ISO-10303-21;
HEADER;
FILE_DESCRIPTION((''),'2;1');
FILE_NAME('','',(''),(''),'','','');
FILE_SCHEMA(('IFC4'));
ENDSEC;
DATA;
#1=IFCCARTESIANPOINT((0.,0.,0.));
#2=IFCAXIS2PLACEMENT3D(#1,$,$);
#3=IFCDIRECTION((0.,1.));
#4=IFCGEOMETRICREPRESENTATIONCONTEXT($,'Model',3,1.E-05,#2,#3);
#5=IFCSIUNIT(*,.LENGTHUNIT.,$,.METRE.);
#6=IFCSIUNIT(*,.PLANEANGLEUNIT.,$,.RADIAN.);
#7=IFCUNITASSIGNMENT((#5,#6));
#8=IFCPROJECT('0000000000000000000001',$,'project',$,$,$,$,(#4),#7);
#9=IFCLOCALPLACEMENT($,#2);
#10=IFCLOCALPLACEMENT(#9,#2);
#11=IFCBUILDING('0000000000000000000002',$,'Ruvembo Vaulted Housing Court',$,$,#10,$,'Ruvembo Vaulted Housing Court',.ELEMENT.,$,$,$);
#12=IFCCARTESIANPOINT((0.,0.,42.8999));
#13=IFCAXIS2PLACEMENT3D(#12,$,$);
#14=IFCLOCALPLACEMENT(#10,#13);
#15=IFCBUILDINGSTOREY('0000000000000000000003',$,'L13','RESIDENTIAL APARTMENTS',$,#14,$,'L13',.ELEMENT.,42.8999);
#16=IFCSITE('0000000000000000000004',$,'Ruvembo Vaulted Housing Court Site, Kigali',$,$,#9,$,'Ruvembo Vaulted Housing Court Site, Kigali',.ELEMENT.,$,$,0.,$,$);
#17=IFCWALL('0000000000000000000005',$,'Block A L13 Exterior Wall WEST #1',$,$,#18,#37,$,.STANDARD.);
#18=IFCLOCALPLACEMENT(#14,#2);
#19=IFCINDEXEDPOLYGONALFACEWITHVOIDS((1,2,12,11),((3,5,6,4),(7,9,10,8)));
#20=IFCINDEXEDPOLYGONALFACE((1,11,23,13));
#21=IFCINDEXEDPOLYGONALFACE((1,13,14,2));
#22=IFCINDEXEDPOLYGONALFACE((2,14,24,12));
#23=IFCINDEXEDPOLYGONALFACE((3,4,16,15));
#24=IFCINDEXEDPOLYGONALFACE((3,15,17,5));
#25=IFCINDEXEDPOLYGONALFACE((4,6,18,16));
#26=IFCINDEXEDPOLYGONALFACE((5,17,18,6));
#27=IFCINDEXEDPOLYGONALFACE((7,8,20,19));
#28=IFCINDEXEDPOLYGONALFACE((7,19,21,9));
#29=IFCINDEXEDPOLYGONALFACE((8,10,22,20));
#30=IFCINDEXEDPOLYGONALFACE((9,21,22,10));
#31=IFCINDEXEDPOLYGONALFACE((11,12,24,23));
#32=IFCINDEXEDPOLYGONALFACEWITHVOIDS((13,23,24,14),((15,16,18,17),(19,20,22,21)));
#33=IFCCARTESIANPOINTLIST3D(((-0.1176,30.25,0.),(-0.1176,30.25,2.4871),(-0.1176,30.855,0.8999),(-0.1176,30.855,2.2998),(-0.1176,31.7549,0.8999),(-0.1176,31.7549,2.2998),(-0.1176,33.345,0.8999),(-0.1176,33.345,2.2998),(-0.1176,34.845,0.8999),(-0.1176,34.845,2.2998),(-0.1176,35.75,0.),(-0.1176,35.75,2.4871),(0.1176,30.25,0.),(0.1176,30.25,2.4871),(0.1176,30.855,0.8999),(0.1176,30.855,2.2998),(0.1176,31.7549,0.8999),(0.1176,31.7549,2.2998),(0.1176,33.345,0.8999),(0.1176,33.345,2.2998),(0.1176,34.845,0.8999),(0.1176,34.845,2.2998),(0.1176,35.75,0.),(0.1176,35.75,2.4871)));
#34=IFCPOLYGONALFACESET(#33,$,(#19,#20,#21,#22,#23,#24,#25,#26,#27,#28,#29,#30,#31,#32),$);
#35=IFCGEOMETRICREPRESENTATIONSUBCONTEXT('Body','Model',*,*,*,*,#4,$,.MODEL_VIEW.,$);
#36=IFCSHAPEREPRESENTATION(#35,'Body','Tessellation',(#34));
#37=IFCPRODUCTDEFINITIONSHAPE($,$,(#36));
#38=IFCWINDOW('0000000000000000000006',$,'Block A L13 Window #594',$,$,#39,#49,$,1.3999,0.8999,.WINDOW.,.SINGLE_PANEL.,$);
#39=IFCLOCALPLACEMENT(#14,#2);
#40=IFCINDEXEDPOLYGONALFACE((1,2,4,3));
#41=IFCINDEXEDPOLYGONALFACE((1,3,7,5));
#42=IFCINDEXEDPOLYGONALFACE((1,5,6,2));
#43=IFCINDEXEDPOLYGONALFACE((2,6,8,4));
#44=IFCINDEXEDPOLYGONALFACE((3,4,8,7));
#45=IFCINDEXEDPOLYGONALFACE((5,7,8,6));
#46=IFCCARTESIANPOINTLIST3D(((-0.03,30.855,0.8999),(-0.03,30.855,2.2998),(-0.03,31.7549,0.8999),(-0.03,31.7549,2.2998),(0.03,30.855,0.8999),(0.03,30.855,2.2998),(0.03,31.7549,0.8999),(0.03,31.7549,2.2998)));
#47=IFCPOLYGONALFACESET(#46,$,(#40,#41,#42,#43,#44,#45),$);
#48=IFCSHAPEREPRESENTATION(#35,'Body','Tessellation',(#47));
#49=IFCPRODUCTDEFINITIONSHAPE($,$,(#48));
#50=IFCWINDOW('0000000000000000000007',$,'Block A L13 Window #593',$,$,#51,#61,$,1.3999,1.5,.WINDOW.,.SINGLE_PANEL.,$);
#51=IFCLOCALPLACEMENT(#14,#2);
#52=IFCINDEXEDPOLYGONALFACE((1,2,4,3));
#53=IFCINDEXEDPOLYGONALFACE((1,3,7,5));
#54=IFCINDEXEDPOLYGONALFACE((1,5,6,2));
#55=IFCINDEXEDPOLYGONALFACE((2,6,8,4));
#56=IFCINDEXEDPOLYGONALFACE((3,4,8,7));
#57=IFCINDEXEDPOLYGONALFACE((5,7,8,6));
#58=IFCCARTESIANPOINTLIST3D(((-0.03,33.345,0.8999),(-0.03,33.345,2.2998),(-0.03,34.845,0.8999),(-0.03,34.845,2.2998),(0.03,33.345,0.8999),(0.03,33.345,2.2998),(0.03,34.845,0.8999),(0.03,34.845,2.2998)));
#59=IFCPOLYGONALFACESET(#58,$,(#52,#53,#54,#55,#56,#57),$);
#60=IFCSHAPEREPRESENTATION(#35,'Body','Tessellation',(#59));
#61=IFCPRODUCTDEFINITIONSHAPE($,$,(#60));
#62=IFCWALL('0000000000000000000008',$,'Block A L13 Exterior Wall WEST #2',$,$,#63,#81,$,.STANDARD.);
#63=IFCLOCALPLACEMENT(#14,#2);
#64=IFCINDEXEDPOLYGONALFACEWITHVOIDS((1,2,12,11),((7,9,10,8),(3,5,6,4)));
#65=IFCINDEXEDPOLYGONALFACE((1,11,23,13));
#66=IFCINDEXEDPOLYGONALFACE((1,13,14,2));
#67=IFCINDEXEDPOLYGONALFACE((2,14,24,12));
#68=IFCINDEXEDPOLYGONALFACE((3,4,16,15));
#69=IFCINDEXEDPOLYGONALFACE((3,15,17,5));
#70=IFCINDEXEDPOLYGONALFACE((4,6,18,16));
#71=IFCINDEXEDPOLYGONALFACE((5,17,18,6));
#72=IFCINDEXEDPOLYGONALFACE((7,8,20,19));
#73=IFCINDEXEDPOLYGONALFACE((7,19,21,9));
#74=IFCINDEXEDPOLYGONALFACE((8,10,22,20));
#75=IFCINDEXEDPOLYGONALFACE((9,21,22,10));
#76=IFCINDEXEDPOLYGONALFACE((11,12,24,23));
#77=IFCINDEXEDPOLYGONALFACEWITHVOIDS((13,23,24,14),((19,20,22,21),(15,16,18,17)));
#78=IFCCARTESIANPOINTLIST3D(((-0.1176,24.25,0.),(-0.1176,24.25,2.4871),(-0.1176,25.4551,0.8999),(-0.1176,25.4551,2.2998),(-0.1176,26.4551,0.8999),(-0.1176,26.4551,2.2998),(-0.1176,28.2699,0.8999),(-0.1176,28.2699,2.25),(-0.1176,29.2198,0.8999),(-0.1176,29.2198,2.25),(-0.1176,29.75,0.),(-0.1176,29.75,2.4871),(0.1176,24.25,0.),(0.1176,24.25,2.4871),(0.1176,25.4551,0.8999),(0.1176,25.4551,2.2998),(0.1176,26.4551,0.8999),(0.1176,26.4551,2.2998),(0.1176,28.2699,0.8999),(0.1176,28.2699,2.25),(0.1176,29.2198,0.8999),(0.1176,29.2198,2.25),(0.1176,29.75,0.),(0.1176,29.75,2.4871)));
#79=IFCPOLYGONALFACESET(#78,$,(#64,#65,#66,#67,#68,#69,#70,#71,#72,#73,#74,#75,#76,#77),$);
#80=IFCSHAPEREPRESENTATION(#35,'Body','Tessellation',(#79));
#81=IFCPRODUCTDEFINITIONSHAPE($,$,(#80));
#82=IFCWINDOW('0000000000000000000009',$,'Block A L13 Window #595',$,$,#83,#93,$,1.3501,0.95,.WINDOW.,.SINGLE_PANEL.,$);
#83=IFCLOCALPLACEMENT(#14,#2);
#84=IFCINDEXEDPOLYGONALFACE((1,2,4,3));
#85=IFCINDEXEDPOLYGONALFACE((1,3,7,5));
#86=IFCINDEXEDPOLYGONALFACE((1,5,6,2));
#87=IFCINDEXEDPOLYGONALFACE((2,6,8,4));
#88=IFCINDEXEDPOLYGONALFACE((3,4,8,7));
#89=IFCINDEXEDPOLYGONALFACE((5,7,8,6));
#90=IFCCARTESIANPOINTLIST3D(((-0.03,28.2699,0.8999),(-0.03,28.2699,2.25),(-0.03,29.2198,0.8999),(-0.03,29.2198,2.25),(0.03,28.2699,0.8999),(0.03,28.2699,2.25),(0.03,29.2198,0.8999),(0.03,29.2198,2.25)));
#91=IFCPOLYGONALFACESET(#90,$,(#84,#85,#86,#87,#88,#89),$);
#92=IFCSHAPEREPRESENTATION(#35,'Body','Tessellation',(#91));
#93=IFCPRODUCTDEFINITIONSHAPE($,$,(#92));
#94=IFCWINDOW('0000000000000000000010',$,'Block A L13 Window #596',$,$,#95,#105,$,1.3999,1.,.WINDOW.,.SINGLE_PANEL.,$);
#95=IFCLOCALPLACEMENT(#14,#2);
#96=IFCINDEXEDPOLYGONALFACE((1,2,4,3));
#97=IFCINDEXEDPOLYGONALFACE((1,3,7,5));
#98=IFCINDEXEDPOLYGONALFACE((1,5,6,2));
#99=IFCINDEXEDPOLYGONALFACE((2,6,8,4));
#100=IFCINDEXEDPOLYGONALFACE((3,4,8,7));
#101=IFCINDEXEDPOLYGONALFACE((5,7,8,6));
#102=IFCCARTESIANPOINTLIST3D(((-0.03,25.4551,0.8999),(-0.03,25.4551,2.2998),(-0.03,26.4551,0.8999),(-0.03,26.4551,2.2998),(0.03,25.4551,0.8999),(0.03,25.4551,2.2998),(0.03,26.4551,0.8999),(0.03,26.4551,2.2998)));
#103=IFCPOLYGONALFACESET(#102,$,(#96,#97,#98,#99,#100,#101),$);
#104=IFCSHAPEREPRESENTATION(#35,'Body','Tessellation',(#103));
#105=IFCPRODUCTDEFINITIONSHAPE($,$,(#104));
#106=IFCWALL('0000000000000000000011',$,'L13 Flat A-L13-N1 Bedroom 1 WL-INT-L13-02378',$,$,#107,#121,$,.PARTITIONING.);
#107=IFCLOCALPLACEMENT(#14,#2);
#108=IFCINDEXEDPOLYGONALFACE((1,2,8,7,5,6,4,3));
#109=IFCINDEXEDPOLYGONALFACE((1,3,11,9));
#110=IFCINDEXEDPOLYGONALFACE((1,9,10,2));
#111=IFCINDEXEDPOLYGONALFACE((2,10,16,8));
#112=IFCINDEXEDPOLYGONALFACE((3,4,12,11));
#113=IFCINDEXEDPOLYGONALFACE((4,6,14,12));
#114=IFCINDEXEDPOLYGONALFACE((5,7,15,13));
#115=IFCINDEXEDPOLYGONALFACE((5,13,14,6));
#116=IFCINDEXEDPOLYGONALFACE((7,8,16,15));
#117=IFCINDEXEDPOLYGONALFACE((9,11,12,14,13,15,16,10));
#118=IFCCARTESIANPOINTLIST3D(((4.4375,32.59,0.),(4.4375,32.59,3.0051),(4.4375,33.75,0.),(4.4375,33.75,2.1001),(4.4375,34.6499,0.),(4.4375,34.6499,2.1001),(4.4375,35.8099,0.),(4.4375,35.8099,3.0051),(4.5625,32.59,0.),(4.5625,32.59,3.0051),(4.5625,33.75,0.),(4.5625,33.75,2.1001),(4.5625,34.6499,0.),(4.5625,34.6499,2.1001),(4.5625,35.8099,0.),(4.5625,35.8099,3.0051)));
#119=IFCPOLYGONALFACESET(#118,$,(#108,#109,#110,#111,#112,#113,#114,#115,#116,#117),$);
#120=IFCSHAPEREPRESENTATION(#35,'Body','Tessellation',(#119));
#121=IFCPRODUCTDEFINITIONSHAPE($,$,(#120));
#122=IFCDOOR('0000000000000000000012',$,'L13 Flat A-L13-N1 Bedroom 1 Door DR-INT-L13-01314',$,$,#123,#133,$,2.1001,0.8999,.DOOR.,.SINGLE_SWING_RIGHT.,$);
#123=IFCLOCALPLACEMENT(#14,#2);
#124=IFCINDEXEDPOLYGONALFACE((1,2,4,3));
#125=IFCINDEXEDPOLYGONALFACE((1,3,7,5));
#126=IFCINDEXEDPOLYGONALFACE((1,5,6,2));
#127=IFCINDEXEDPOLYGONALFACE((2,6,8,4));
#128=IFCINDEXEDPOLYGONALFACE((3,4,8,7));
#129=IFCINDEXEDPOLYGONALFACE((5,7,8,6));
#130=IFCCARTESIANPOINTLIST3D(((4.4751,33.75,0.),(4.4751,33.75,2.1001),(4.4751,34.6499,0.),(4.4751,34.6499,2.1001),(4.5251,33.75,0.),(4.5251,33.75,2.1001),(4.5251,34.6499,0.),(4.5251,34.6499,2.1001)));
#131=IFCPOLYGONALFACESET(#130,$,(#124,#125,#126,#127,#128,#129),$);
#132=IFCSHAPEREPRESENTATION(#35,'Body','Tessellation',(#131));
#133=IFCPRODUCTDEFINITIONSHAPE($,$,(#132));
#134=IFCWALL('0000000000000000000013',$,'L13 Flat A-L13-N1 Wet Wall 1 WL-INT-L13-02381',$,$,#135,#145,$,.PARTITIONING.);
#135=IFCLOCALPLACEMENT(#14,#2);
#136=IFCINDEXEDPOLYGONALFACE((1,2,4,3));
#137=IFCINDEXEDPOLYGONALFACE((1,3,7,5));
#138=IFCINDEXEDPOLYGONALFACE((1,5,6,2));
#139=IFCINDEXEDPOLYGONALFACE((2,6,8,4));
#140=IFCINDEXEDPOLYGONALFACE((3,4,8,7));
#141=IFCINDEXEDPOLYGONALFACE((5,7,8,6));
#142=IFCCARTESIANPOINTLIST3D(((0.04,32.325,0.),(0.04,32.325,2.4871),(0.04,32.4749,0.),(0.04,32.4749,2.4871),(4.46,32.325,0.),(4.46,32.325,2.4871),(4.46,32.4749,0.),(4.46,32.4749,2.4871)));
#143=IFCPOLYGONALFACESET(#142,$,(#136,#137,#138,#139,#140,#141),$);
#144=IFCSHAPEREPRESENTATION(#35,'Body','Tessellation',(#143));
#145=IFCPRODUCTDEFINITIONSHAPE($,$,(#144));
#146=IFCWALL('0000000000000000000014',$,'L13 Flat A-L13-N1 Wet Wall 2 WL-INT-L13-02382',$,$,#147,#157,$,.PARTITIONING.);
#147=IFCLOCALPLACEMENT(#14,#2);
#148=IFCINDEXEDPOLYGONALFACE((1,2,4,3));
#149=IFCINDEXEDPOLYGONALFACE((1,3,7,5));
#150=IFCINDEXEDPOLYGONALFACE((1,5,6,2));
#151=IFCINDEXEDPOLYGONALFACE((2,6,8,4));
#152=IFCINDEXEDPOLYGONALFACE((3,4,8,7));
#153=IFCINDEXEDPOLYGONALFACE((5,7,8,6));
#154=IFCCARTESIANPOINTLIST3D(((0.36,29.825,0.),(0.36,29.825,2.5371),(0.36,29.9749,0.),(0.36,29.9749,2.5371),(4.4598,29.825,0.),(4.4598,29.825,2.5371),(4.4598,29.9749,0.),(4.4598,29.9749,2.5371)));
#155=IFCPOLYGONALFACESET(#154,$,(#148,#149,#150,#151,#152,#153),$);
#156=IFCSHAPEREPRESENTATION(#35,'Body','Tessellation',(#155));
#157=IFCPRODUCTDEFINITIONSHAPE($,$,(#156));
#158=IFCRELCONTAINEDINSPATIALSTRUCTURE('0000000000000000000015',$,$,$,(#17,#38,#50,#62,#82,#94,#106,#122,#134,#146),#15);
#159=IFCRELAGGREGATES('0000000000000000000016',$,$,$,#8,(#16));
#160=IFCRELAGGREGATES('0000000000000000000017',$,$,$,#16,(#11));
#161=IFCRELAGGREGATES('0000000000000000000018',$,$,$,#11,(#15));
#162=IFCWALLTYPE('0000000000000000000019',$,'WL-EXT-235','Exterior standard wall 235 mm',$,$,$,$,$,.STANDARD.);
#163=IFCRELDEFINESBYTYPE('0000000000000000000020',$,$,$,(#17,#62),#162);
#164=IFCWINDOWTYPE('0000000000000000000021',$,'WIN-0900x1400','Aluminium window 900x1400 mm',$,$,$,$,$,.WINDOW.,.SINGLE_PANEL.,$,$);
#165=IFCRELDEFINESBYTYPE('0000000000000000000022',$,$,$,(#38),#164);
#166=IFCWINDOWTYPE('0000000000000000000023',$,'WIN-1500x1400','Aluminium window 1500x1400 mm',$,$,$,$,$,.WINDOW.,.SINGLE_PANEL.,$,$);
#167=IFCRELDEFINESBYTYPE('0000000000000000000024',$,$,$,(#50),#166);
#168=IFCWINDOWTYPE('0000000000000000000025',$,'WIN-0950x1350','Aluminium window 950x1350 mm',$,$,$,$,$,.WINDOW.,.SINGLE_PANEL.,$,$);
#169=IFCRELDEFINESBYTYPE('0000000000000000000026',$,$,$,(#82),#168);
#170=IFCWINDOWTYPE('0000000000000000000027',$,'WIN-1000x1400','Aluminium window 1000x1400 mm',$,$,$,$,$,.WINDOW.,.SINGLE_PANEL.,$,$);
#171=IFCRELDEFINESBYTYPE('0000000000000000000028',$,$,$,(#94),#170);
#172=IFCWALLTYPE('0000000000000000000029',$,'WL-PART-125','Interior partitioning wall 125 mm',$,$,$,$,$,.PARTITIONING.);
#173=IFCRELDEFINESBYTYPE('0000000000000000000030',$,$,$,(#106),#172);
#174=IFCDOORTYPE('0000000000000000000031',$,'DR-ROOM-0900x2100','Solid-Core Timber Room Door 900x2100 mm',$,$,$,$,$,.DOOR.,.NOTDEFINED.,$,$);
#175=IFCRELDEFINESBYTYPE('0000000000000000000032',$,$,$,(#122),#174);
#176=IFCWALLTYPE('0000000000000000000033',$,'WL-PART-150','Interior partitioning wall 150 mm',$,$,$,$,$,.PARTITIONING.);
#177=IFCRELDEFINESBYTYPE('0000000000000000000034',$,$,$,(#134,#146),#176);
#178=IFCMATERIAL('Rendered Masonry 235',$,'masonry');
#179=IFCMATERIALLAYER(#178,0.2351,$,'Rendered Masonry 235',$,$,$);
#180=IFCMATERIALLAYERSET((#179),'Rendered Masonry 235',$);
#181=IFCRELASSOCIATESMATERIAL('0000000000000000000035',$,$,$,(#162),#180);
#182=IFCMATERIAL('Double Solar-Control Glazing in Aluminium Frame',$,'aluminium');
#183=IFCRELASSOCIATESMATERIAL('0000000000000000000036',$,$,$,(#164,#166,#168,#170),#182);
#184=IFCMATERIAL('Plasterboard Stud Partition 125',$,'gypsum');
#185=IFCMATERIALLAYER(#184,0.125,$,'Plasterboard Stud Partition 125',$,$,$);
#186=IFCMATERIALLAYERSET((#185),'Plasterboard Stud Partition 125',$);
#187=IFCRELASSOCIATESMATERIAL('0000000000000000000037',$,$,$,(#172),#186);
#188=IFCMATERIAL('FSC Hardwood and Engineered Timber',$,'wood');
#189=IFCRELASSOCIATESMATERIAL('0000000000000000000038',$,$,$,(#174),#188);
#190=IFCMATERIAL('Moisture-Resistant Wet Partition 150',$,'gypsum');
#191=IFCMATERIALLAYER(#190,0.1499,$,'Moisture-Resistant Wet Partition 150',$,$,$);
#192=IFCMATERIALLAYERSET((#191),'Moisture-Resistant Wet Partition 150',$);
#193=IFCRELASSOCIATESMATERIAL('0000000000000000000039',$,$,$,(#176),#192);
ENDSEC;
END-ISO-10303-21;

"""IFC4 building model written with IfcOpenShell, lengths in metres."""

from ifc_helpers import new_model, si_unit, direction, frame, frame_2d, origin, place, context, subcontext, project, spatial, rectangle, extrude, material, layer, layer_set, type_object, element, fill, save


model = new_model("IFC4")

# Units and contexts
model_context = context("Model", 3, precision=1e-05, world=origin(), true_north=direction((0.0, 1.0)))
body_context = subcontext(model_context, "Body", "Model", "MODEL_VIEW")
ifc_project = project(units=[si_unit("LENGTHUNIT", "METRE"), si_unit("PLANEANGLEUNIT", "RADIAN")], contexts=[model_context])

# Site, building, storey
site_placement = place(None, origin())
site = spatial("IfcSite", under=ifc_project, at=site_placement, Name="Ruvembo Vaulted Housing Court Site, Kigali", LongName="Ruvembo Vaulted Housing Court Site, Kigali", CompositionType="ELEMENT", RefElevation=0.0)
building_placement = place(site_placement, origin())
building = spatial("IfcBuilding", under=site, at=building_placement, Name="Ruvembo Vaulted Housing Court", LongName="Ruvembo Vaulted Housing Court", CompositionType="ELEMENT")
storey_placement = place(building_placement, frame((0.0, 0.0, 42.8999)))
storey = spatial("IfcBuildingStorey", under=building, at=storey_placement, Name="L13", Description="RESIDENTIAL APARTMENTS", LongName="L13", CompositionType="ELEMENT", Elevation=42.8999)

# Walls, openings, windows
ifc_material_1 = material(Name="Rendered Masonry 235", Category="masonry")
ifc_layer_1 = layer(ifc_material_1, 0.2351, Name="Rendered Masonry 235")
ifc_layer_set_1 = layer_set([ifc_layer_1], Name="Rendered Masonry 235")
wall_type_1 = type_object("IfcWallType", Name="WL-EXT-235", Description="Exterior standard wall 235 mm", PredefinedType="STANDARD", material=ifc_layer_set_1)
ifc_material_2 = material(Name="Double Solar-Control Glazing in Aluminium Frame", Category="aluminium")
wall_1_placement = place(storey_placement, frame((0.0, 35.75, 0.0), z_axis=(0.0, 0.0, 1.0), x_axis=(0.0, -1.0, 0.0)))
wall_1 = element("IfcWall", 1, at=wall_1_placement, inside=storey, type_object=wall_type_1, Name="Block A L13 Exterior Wall WEST #1", PredefinedType="STANDARD", context=body_context, shape_type="SweptSolid", body=[
    extrude(rectangle(XDim=5.5, YDim=0.2351, at=frame_2d((2.75, 0.0))), origin(), (0.0, 0.0, 1.0), 2.4871),
])
opening_1_placement = place(wall_1_placement, frame((0.905, 0.0, 0.8999)))
opening_1 = element("IfcOpeningElement", 2, at=opening_1_placement, cuts=wall_1, PredefinedType="OPENING", context=body_context, shape_type="SweptSolid", body=[
    extrude(rectangle(XDim=1.5, YDim=1.3999, at=frame_2d((0.75, 0.7))), frame((0.0, 0.1274, 0.0), z_axis=(0.0, -1.0, 0.0), x_axis=(1.0, 0.0, 0.0)), (0.0, 0.0, 1.0), 0.2551),
])
opening_2_placement = place(wall_1_placement, frame((3.9951, 0.0, 0.8999)))
opening_2 = element("IfcOpeningElement", 3, at=opening_2_placement, cuts=wall_1, PredefinedType="OPENING", context=body_context, shape_type="SweptSolid", body=[
    extrude(rectangle(XDim=0.8999, YDim=1.3999, at=frame_2d((0.45, 0.7))), frame((0.0, 0.1274, 0.0), z_axis=(0.0, -1.0, 0.0), x_axis=(1.0, 0.0, 0.0)), (0.0, 0.0, 1.0), 0.2551),
])
window_type_1 = type_object("IfcWindowType", Name="WIN-0900x1400", Description="Aluminium window 900x1400 mm", PartitioningType="SINGLE_PANEL", PredefinedType="WINDOW", material=ifc_material_2)
window_1_placement = place(opening_2_placement, origin())
window_1 = element("IfcWindow", 4, at=window_1_placement, inside=storey, type_object=window_type_1, Name="Block A L13 Window #594", OverallHeight=1.3999, OverallWidth=0.8999, PartitioningType="SINGLE_PANEL", PredefinedType="WINDOW", context=body_context, shape_type="SweptSolid", body=[
    extrude(rectangle(XDim=0.8999, YDim=1.3999, at=frame_2d((0.45, 0.7))), frame((0.0, 0.03, 0.0), z_axis=(0.0, -1.0, 0.0), x_axis=(1.0, 0.0, 0.0)), (0.0, 0.0, 1.0), 0.0601),
])
fill(opening_2, window_1)
window_type_2 = type_object("IfcWindowType", Name="WIN-1500x1400", Description="Aluminium window 1500x1400 mm", PartitioningType="SINGLE_PANEL", PredefinedType="WINDOW", material=ifc_material_2)
window_2_placement = place(opening_1_placement, origin())
window_2 = element("IfcWindow", 5, at=window_2_placement, inside=storey, type_object=window_type_2, Name="Block A L13 Window #593", OverallHeight=1.3999, OverallWidth=1.5, PartitioningType="SINGLE_PANEL", PredefinedType="WINDOW", context=body_context, shape_type="SweptSolid", body=[
    extrude(rectangle(XDim=1.5, YDim=1.3999, at=frame_2d((0.75, 0.7))), frame((0.0, 0.03, 0.0), z_axis=(0.0, -1.0, 0.0), x_axis=(1.0, 0.0, 0.0)), (0.0, 0.0, 1.0), 0.0601),
])
fill(opening_1, window_2)
wall_2_placement = place(storey_placement, frame((0.0, 29.75, 0.0), z_axis=(0.0, 0.0, 1.0), x_axis=(0.0, -1.0, 0.0)))
wall_2 = element("IfcWall", 6, at=wall_2_placement, inside=storey, type_object=wall_type_1, Name="Block A L13 Exterior Wall WEST #2", PredefinedType="STANDARD", context=body_context, shape_type="SweptSolid", body=[
    extrude(rectangle(XDim=5.5, YDim=0.2351, at=frame_2d((2.75, 0.0))), origin(), (0.0, 0.0, 1.0), 2.4871),
])
opening_3_placement = place(wall_2_placement, frame((0.53, 0.0, 0.8999)))
opening_3 = element("IfcOpeningElement", 7, at=opening_3_placement, cuts=wall_2, PredefinedType="OPENING", context=body_context, shape_type="SweptSolid", body=[
    extrude(rectangle(XDim=0.95, YDim=1.3501, at=frame_2d((0.4751, 0.675))), frame((0.0, 0.1274, 0.0), z_axis=(0.0, -1.0, 0.0), x_axis=(1.0, 0.0, 0.0)), (0.0, 0.0, 1.0), 0.2551),
])
opening_4_placement = place(wall_2_placement, frame((3.2949, 0.0, 0.8999)))
opening_4 = element("IfcOpeningElement", 8, at=opening_4_placement, cuts=wall_2, PredefinedType="OPENING", context=body_context, shape_type="SweptSolid", body=[
    extrude(rectangle(XDim=1.0, YDim=1.3999, at=frame_2d((0.5, 0.7))), frame((0.0, 0.1274, 0.0), z_axis=(0.0, -1.0, 0.0), x_axis=(1.0, 0.0, 0.0)), (0.0, 0.0, 1.0), 0.2551),
])
window_type_3 = type_object("IfcWindowType", Name="WIN-0950x1350", Description="Aluminium window 950x1350 mm", PartitioningType="SINGLE_PANEL", PredefinedType="WINDOW", material=ifc_material_2)
window_3_placement = place(opening_3_placement, origin())
window_3 = element("IfcWindow", 9, at=window_3_placement, inside=storey, type_object=window_type_3, Name="Block A L13 Window #595", OverallHeight=1.3501, OverallWidth=0.95, PartitioningType="SINGLE_PANEL", PredefinedType="WINDOW", context=body_context, shape_type="SweptSolid", body=[
    extrude(rectangle(XDim=0.95, YDim=1.3501, at=frame_2d((0.4751, 0.675))), frame((0.0, 0.03, 0.0), z_axis=(0.0, -1.0, 0.0), x_axis=(1.0, 0.0, 0.0)), (0.0, 0.0, 1.0), 0.0601),
])
fill(opening_3, window_3)
window_type_4 = type_object("IfcWindowType", Name="WIN-1000x1400", Description="Aluminium window 1000x1400 mm", PartitioningType="SINGLE_PANEL", PredefinedType="WINDOW", material=ifc_material_2)
window_4_placement = place(opening_4_placement, origin())
window_4 = element("IfcWindow", 10, at=window_4_placement, inside=storey, type_object=window_type_4, Name="Block A L13 Window #596", OverallHeight=1.3999, OverallWidth=1.0, PartitioningType="SINGLE_PANEL", PredefinedType="WINDOW", context=body_context, shape_type="SweptSolid", body=[
    extrude(rectangle(XDim=1.0, YDim=1.3999, at=frame_2d((0.5, 0.7))), frame((0.0, 0.03, 0.0), z_axis=(0.0, -1.0, 0.0), x_axis=(1.0, 0.0, 0.0)), (0.0, 0.0, 1.0), 0.0601),
])
fill(opening_4, window_4)

# Wall, opening, door
ifc_material_3 = material(Name="Plasterboard Stud Partition 125", Category="gypsum")
ifc_layer_2 = layer(ifc_material_3, 0.125, Name="Plasterboard Stud Partition 125")
ifc_layer_set_2 = layer_set([ifc_layer_2], Name="Plasterboard Stud Partition 125")
wall_type_2 = type_object("IfcWallType", Name="WL-PART-125", Description="Interior partitioning wall 125 mm", PredefinedType="PARTITIONING", material=ifc_layer_set_2)
wall_3_placement = place(storey_placement, frame((4.5, 32.5901, 0.0), z_axis=(0.0, 0.0, 1.0), x_axis=(0.0, 1.0, 0.0)))
wall_3 = element("IfcWall", 11, at=wall_3_placement, inside=storey, type_object=wall_type_2, Name="L13 Flat A-L13-N1 Bedroom 1 WL-INT-L13-02378", PredefinedType="PARTITIONING", context=body_context, shape_type="SweptSolid", body=[
    extrude(rectangle(XDim=3.22, YDim=0.125, at=frame_2d((1.6099, 0.0))), origin(), (0.0, 0.0, 1.0), 3.0051),
])
opening_5_placement = place(wall_3_placement, frame((1.1599, 0.0, 0.0)))
opening_5 = element("IfcOpeningElement", 12, at=opening_5_placement, cuts=wall_3, PredefinedType="OPENING", context=body_context, shape_type="SweptSolid", body=[
    extrude(rectangle(XDim=0.8999, YDim=2.1001, at=frame_2d((0.45, 1.05))), frame((0.0, 0.0725, 0.0), z_axis=(0.0, -1.0, 0.0), x_axis=(1.0, 0.0, 0.0)), (0.0, 0.0, 1.0), 0.145),
])
ifc_material_4 = material(Name="FSC Hardwood and Engineered Timber", Category="wood")
door_type_1 = type_object("IfcDoorType", Name="DR-ROOM-0900x2100", Description="Solid-Core Timber Room Door 900x2100 mm", OperationType="NOTDEFINED", PredefinedType="DOOR", material=ifc_material_4)
door_1_placement = place(opening_5_placement, origin())
door_1 = element("IfcDoor", 13, at=door_1_placement, inside=storey, type_object=door_type_1, Name="L13 Flat A-L13-N1 Bedroom 1 Door DR-INT-L13-01314", OperationType="SINGLE_SWING_RIGHT", OverallHeight=2.1001, OverallWidth=0.8999, PredefinedType="DOOR", context=body_context, shape_type="SweptSolid", body=[
    extrude(rectangle(XDim=0.8999, YDim=2.1001, at=frame_2d((0.45, 1.05))), frame((0.0, 0.0249, 0.0), z_axis=(0.0, -1.0, 0.0), x_axis=(1.0, 0.0, 0.0)), (0.0, 0.0, 1.0), 0.05),
])
fill(opening_5, door_1)

# Walls
ifc_material_5 = material(Name="Moisture-Resistant Wet Partition 150", Category="gypsum")
ifc_layer_3 = layer(ifc_material_5, 0.1499, Name="Moisture-Resistant Wet Partition 150")
ifc_layer_set_3 = layer_set([ifc_layer_3], Name="Moisture-Resistant Wet Partition 150")
wall_type_3 = type_object("IfcWallType", Name="WL-PART-150", Description="Interior partitioning wall 150 mm", PredefinedType="PARTITIONING", material=ifc_layer_set_3)
wall_4_placement = place(storey_placement, frame((0.04, 32.3999, 0.0), z_axis=(0.0, 0.0, 1.0), x_axis=(1.0, 0.0, 0.0)))
element("IfcWall", 14, at=wall_4_placement, inside=storey, type_object=wall_type_3, Name="L13 Flat A-L13-N1 Wet Wall 1 WL-INT-L13-02381", PredefinedType="PARTITIONING", context=body_context, shape_type="SweptSolid", body=[
    extrude(rectangle(XDim=4.4199, YDim=0.1499, at=frame_2d((2.21, 0.0))), origin(), (0.0, 0.0, 1.0), 2.4871),
])
wall_5_placement = place(storey_placement, frame((0.3601, 29.8999, 0.0), z_axis=(0.0, 0.0, 1.0), x_axis=(1.0, 0.0, 0.0)))
element("IfcWall", 15, at=wall_5_placement, inside=storey, type_object=wall_type_3, Name="L13 Flat A-L13-N1 Wet Wall 2 WL-INT-L13-02382", PredefinedType="PARTITIONING", context=body_context, shape_type="SweptSolid", body=[
    extrude(rectangle(XDim=4.0999, YDim=0.1499, at=frame_2d((2.0498, 0.0))), origin(), (0.0, 0.0, 1.0), 2.5371),
])

save(model, "model.ifc")
